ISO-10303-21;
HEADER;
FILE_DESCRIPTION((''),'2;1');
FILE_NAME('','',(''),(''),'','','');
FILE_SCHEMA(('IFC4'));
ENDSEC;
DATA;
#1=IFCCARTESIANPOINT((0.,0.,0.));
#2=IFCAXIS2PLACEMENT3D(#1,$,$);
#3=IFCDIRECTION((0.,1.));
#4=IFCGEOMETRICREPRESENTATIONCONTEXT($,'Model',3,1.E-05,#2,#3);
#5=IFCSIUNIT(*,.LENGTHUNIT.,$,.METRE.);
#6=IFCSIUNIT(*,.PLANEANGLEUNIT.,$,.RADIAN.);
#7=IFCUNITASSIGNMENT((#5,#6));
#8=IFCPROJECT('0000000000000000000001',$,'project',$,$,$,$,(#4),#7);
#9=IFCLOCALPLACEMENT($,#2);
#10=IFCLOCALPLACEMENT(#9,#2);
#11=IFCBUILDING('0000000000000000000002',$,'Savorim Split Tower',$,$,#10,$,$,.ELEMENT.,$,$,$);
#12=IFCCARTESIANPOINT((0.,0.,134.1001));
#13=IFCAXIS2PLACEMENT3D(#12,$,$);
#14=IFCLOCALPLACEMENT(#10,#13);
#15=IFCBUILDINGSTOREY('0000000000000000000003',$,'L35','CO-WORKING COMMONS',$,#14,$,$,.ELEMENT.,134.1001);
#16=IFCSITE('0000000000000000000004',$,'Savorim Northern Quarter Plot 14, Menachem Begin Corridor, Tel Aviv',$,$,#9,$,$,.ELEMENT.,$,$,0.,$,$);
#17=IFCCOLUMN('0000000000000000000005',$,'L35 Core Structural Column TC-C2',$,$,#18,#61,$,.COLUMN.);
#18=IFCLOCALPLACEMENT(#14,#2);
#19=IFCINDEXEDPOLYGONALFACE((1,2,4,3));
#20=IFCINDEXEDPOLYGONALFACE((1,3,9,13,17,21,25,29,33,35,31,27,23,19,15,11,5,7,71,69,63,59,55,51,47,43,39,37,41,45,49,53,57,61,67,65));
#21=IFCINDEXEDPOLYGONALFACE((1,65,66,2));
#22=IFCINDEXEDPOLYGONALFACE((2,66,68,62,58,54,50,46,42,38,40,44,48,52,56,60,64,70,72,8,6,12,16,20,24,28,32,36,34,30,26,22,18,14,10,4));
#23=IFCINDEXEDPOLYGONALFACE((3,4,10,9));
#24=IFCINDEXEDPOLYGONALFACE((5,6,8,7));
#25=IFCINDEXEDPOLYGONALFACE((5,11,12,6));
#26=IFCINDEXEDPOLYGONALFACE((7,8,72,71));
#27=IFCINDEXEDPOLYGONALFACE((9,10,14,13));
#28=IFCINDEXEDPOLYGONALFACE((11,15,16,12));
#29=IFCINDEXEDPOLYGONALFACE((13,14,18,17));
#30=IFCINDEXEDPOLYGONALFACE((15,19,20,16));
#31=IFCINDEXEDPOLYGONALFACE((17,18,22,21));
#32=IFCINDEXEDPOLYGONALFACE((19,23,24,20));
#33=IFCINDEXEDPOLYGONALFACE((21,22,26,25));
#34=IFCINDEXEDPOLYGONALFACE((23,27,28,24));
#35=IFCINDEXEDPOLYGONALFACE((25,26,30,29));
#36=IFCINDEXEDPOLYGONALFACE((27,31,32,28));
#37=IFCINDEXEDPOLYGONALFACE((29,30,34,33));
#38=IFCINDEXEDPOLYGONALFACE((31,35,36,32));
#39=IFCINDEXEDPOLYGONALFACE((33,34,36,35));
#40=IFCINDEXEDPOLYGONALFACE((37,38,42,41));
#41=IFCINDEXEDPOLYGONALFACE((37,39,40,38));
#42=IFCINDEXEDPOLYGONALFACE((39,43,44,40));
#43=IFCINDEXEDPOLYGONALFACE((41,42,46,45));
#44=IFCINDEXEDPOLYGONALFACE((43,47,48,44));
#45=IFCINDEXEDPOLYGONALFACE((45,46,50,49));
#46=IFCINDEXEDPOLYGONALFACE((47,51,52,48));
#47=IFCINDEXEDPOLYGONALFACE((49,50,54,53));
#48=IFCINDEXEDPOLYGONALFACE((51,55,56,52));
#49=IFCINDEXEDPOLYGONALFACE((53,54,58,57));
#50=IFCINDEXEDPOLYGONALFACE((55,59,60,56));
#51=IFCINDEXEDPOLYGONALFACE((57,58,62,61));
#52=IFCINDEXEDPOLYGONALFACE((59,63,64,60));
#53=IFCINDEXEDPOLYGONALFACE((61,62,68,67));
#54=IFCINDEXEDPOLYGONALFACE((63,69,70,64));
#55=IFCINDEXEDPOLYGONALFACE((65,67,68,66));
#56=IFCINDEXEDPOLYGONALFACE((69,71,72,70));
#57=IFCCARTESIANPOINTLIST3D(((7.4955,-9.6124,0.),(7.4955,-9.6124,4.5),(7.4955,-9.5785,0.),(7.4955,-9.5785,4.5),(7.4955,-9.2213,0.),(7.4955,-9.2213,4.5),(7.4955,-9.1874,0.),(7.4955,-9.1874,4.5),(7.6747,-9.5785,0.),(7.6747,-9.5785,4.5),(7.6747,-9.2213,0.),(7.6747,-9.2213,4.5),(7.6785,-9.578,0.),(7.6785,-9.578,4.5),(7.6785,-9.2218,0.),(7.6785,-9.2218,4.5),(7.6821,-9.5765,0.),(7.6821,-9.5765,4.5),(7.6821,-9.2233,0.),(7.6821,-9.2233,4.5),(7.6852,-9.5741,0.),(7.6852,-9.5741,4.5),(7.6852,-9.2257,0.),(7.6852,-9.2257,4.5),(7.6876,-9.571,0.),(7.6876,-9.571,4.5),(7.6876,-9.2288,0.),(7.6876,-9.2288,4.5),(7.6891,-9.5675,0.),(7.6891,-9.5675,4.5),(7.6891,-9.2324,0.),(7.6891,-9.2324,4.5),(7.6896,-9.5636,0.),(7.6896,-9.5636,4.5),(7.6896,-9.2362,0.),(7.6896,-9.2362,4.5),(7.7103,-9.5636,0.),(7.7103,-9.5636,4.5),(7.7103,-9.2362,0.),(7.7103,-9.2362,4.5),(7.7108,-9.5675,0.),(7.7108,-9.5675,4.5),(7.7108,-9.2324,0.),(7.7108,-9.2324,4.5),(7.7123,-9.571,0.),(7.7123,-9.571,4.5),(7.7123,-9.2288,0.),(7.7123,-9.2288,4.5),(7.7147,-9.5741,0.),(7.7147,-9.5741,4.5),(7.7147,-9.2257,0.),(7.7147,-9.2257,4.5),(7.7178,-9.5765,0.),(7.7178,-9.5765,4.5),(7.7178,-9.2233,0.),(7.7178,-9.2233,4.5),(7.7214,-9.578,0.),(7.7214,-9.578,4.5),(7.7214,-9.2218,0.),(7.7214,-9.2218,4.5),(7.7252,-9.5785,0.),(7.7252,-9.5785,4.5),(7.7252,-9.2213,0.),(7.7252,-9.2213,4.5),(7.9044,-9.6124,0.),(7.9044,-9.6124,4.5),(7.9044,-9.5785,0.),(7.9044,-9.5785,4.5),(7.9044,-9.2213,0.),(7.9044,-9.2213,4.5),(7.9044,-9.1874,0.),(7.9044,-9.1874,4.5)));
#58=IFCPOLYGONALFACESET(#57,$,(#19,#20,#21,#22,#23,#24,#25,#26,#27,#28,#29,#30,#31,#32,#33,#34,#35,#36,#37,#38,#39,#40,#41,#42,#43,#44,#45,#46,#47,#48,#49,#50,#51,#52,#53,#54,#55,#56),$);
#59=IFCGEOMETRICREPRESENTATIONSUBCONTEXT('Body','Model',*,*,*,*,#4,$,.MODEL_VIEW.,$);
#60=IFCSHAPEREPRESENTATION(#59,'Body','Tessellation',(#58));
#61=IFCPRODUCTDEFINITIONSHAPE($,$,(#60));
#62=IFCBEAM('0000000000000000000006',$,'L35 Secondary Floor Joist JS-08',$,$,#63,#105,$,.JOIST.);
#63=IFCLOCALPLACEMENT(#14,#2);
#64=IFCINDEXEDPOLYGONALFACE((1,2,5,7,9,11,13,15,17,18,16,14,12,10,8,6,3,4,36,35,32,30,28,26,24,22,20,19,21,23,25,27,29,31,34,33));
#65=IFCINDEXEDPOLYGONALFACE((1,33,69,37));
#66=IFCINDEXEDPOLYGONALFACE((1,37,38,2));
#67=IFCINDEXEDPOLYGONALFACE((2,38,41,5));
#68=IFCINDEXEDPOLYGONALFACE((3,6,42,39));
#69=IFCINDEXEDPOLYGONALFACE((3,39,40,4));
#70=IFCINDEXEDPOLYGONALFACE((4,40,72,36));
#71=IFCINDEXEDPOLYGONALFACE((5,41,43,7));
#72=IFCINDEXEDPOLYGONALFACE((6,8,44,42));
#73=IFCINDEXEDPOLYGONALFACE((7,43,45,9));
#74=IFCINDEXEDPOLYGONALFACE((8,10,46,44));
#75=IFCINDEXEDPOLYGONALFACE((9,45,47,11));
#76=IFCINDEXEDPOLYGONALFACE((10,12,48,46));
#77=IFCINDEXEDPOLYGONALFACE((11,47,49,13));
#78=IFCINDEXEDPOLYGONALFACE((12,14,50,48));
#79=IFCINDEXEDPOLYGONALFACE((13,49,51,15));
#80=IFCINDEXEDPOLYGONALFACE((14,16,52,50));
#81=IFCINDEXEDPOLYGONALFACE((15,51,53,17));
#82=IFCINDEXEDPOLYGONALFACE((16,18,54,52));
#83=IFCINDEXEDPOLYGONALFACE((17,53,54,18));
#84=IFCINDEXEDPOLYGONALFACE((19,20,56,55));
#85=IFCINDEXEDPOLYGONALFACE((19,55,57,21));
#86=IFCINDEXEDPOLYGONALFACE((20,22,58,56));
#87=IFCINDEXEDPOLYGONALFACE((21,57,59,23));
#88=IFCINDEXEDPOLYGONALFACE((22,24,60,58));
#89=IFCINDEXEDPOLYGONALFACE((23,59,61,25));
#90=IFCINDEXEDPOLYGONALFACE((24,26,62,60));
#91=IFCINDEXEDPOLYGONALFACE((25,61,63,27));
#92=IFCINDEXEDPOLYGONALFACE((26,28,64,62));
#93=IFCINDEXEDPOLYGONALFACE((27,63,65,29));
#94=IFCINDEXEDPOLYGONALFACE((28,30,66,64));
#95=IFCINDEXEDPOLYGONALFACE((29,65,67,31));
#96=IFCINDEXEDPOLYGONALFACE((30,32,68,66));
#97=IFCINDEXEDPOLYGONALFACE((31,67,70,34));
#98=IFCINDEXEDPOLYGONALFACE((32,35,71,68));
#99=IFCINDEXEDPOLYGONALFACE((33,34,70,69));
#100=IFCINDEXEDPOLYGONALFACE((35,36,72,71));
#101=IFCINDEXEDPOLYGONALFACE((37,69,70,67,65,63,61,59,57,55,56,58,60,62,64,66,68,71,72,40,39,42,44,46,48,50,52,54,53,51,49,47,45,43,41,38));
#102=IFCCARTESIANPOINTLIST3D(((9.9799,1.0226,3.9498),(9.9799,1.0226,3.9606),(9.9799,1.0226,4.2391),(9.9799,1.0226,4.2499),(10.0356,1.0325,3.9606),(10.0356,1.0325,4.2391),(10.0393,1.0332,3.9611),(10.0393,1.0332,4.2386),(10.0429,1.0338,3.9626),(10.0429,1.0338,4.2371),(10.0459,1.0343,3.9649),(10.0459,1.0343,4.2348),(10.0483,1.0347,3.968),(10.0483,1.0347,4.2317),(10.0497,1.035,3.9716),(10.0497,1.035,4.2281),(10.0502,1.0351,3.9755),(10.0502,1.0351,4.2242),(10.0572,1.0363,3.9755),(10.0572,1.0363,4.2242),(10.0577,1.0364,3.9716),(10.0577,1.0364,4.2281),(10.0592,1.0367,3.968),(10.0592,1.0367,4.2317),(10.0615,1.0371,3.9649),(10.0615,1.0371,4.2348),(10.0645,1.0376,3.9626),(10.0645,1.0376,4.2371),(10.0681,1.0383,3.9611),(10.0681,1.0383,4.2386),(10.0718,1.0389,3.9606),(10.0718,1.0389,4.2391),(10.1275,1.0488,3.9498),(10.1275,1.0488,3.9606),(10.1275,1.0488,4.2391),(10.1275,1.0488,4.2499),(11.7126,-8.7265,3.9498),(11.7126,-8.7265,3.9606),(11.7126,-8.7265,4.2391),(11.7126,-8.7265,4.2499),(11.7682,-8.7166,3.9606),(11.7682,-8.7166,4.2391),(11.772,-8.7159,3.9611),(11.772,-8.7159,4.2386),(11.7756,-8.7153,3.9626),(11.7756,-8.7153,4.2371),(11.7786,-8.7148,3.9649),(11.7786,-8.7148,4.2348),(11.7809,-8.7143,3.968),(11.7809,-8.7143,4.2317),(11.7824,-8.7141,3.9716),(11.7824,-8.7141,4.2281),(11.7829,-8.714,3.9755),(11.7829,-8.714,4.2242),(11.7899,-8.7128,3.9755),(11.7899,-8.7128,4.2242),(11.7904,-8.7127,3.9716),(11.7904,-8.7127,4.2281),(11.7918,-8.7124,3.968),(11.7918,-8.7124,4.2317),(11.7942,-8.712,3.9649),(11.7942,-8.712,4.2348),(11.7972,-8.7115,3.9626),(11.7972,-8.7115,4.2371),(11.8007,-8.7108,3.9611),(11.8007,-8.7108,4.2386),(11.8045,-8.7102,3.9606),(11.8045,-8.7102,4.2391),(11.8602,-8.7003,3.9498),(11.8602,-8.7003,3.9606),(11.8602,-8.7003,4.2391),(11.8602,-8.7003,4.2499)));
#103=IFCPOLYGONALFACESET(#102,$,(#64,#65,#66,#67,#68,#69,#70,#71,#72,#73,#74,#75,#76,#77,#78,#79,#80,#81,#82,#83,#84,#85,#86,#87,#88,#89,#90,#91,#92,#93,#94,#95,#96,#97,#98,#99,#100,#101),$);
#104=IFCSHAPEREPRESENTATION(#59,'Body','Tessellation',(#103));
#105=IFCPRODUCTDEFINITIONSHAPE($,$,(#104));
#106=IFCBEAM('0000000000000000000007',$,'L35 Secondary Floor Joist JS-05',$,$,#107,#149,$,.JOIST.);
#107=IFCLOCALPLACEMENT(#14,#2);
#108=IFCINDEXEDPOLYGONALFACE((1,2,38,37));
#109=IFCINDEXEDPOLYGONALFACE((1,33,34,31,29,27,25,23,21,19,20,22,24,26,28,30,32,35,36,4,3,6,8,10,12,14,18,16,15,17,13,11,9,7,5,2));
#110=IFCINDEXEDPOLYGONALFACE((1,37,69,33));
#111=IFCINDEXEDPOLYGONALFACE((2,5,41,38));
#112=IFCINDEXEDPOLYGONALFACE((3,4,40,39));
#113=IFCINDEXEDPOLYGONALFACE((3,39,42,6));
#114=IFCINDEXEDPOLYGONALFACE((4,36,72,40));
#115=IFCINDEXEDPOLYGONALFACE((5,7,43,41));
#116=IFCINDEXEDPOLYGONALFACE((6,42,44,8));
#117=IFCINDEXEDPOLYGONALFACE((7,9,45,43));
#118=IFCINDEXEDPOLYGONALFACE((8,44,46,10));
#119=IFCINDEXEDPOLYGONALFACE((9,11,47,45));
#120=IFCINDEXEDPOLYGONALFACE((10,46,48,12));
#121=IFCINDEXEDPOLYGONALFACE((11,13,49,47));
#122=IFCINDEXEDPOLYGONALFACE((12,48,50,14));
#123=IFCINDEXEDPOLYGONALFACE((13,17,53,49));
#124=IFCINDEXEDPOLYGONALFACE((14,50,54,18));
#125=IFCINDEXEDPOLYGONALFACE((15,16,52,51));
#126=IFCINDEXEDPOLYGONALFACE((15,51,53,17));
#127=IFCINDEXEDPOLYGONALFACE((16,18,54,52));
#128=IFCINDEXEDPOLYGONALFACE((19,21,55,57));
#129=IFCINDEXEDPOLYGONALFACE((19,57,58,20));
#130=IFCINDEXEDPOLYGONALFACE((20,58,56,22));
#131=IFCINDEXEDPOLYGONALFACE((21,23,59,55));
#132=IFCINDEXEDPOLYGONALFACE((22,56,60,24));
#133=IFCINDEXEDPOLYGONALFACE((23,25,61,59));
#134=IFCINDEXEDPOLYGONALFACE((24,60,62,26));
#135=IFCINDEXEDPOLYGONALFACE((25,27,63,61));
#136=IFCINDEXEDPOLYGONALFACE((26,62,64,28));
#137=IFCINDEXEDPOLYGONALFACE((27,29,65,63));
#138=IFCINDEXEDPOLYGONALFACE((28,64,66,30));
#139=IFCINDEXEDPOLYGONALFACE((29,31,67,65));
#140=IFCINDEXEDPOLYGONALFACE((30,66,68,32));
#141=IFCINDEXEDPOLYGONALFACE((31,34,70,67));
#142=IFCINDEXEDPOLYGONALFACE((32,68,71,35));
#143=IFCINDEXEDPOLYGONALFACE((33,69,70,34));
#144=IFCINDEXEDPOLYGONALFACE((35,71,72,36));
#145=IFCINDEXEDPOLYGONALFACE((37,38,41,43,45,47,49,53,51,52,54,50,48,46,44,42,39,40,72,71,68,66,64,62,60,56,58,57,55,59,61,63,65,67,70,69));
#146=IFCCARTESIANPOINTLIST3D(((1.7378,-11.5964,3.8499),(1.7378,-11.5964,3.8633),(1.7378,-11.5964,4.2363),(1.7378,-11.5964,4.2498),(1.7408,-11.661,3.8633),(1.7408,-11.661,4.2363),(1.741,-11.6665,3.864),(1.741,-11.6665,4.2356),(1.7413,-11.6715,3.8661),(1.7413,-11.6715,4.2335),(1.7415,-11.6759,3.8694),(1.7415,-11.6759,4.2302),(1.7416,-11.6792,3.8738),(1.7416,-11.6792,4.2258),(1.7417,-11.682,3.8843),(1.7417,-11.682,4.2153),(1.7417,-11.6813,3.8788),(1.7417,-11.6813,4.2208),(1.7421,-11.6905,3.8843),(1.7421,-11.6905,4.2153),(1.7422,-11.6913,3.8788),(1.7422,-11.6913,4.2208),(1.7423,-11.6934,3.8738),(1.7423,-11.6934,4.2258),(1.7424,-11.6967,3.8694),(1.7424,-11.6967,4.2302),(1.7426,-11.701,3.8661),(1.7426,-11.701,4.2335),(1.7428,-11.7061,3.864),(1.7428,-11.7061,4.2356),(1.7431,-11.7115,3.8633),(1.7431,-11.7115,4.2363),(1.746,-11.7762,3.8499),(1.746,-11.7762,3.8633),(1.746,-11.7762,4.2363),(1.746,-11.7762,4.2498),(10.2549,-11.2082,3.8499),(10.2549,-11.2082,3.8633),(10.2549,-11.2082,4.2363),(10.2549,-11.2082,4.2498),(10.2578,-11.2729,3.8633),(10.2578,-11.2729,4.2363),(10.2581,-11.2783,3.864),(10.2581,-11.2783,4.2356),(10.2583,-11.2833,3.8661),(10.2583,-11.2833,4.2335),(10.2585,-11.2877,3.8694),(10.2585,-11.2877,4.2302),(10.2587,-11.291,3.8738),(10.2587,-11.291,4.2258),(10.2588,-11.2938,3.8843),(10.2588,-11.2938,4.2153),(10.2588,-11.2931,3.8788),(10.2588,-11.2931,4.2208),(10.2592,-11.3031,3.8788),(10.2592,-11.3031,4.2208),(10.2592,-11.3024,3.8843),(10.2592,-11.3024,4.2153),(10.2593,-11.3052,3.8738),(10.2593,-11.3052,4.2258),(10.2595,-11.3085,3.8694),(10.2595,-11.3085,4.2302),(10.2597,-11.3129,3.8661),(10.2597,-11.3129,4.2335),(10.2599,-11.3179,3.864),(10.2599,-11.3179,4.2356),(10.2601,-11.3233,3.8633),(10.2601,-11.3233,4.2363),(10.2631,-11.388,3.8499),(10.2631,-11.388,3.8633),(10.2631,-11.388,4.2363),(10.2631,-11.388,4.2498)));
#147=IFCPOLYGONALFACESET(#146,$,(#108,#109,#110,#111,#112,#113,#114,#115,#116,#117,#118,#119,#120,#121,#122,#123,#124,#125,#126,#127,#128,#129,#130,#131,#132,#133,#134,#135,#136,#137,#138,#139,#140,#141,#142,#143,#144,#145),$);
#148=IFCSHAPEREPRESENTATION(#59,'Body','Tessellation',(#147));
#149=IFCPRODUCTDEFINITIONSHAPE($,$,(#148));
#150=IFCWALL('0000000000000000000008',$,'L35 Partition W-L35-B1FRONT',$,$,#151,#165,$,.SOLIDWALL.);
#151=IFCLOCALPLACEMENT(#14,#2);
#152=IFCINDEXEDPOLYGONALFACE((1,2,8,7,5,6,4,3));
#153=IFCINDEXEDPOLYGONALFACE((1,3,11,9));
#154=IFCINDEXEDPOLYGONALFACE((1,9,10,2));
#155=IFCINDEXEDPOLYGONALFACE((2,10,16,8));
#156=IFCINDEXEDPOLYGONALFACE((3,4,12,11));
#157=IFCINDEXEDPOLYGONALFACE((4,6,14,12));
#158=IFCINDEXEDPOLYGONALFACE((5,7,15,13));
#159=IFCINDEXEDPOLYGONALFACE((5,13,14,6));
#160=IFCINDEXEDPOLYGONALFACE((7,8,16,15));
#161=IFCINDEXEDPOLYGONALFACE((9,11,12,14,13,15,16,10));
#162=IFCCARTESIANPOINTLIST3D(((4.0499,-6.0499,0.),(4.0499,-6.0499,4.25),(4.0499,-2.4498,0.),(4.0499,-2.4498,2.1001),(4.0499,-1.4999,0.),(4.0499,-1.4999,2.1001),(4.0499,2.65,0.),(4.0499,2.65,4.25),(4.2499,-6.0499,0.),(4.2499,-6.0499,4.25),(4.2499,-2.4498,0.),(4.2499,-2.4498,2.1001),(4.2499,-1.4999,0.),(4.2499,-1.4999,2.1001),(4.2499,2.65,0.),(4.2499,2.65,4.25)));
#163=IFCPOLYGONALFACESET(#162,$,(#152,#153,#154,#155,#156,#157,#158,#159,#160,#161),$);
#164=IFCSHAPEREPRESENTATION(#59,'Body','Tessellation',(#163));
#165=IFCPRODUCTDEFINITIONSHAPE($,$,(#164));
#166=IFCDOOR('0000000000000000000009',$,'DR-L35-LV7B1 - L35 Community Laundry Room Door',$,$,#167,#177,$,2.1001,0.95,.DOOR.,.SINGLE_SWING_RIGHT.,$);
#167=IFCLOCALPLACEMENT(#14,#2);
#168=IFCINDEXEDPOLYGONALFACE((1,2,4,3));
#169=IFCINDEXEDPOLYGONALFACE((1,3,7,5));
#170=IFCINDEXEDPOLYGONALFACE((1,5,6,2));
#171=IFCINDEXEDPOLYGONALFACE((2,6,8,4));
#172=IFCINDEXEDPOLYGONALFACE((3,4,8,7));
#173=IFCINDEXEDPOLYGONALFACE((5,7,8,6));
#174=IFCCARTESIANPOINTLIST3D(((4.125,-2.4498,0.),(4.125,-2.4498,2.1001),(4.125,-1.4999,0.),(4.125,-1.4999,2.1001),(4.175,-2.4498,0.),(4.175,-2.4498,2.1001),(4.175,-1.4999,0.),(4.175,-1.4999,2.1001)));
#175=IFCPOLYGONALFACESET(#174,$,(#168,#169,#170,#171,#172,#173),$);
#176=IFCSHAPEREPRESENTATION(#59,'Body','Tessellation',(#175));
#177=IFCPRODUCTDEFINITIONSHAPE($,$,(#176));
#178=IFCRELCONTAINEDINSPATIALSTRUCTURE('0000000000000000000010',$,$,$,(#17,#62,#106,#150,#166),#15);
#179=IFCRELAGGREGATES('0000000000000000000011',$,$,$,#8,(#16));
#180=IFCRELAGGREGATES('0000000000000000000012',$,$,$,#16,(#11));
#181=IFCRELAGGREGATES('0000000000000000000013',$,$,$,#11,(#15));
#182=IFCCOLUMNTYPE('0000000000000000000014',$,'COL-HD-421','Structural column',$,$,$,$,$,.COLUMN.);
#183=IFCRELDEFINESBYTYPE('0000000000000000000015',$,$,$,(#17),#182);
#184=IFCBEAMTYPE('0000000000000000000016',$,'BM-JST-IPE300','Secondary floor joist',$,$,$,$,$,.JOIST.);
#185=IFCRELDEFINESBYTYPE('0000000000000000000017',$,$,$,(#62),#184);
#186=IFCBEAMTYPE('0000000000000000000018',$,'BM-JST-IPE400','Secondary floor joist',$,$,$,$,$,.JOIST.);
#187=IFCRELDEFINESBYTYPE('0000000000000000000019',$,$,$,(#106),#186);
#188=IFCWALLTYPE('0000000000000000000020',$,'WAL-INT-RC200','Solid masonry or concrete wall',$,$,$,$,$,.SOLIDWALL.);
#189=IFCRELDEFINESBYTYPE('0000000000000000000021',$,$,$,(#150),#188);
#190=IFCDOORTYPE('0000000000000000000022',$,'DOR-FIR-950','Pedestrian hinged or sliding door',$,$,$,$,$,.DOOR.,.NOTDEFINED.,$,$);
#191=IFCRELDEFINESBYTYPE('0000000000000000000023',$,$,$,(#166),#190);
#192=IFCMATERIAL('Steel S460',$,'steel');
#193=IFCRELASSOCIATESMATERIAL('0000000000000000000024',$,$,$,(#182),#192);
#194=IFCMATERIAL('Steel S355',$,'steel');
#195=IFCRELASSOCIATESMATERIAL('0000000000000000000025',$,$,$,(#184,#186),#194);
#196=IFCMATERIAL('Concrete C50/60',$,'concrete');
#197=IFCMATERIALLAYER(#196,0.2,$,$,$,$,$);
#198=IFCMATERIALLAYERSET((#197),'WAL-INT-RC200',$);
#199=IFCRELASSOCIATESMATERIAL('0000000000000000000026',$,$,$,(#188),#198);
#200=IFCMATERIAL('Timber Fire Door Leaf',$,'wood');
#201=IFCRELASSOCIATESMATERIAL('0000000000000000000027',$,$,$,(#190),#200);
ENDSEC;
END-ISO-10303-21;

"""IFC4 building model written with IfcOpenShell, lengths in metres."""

from ifc_helpers import new_model, si_unit, direction, frame, frame_2d, origin, origin_2d, place, context, subcontext, project, spatial, rectangle, i_section, extrude, material, layer, layer_set, material_profile, profile_set, type_object, element, fill, save


model = new_model("IFC4")

# Units and contexts
model_context = context("Model", 3, precision=1e-05, world=origin(), true_north=direction((0.0, 1.0)))
body_context = subcontext(model_context, "Body", "Model", "MODEL_VIEW")
ifc_project = project(units=[si_unit("LENGTHUNIT", "METRE"), si_unit("PLANEANGLEUNIT", "RADIAN")], contexts=[model_context])

# Site, building, storey
site_placement = place(None, origin())
site = spatial("IfcSite", under=ifc_project, at=site_placement, Name="Savorim Northern Quarter Plot 14, Menachem Begin Corridor, Tel Aviv", CompositionType="ELEMENT", RefElevation=0.0)
building_placement = place(site_placement, origin())
building = spatial("IfcBuilding", under=site, at=building_placement, Name="Savorim Split Tower", CompositionType="ELEMENT")
storey_placement = place(building_placement, frame((0.0, 0.0, 134.1001)))
storey = spatial("IfcBuildingStorey", under=building, at=storey_placement, Name="L35", Description="CO-WORKING COMMONS", CompositionType="ELEMENT", Elevation=134.1001)

# Column
ifc_material_1 = material(Name="Steel S460", Category="steel")
ifc_material_profile_1 = material_profile(ifc_material_1, i_section(OverallWidth=0.4089, OverallDepth=0.425, WebThickness=0.0208, FlangeThickness=0.0339, FilletRadius=0.0149, at=origin_2d()), Name="HD 400x421")
ifc_profile_set_1 = profile_set([ifc_material_profile_1], Name="Steel S460")
column_type = type_object("IfcColumnType", Name="COL-HD-421", Description="Structural column", PredefinedType="COLUMN", material=ifc_profile_set_1)
column_placement = place(storey_placement, frame((7.7, -9.3999, 0.0), z_axis=(0.0, 0.0, 1.0), x_axis=(1.0, 0.0, 0.0)))
element("IfcColumn", 1, at=column_placement, inside=storey, type_object=column_type, Name="L35 Core Structural Column TC-C2", PredefinedType="COLUMN", context=body_context, shape_type="SweptSolid", body=[
    extrude(i_section(OverallWidth=0.4089, OverallDepth=0.425, WebThickness=0.0208, FlangeThickness=0.0339, FilletRadius=0.0149, at=origin_2d()), origin(), (0.0, 0.0, 1.0), 4.5),
])

# Beams
ifc_material_2 = material(Name="Steel S355", Category="steel")
ifc_material_profile_2 = material_profile(ifc_material_2, i_section(OverallWidth=0.1499, OverallDepth=0.3, WebThickness=0.0071, FlangeThickness=0.0107, FilletRadius=0.0149, at=origin_2d()), Name="IPE 300")
ifc_profile_set_2 = profile_set([ifc_material_profile_2], Name="Steel S355")
beam_type_1 = type_object("IfcBeamType", Name="BM-JST-IPE300", Description="Secondary floor joist", PredefinedType="JOIST", material=ifc_profile_set_2)
beam_1_placement = place(storey_placement, frame((11.7864, -8.7134, 4.0999), z_axis=(-0.174985, 0.984571, 0.0), x_axis=(-0.984571, -0.174985, 0.0)))
element("IfcBeam", 2, at=beam_1_placement, inside=storey, type_object=beam_type_1, Name="L35 Secondary Floor Joist JS-08", PredefinedType="JOIST", context=body_context, shape_type="SweptSolid", body=[
    extrude(i_section(OverallWidth=0.1499, OverallDepth=0.3, WebThickness=0.0071, FlangeThickness=0.0107, FilletRadius=0.0149, at=origin_2d()), origin(), (0.0, 0.0, 1.0), 9.9019),
])
ifc_material_profile_3 = material_profile(ifc_material_2, i_section(OverallWidth=0.1799, OverallDepth=0.3999, WebThickness=0.0085, FlangeThickness=0.0134, FilletRadius=0.021, at=origin_2d()), Name="IPE 400")
ifc_profile_set_3 = profile_set([ifc_material_profile_3], Name="Steel S355")
beam_type_2 = type_object("IfcBeamType", Name="BM-JST-IPE400", Description="Secondary floor joist", PredefinedType="JOIST", material=ifc_profile_set_3)
beam_2_placement = place(storey_placement, frame((1.7419, -11.6863, 4.0498), z_axis=(0.998963, 0.04553, 0.0), x_axis=(-0.04553, 0.998963, 0.0)))
element("IfcBeam", 3, at=beam_2_placement, inside=storey, type_object=beam_type_2, Name="L35 Secondary Floor Joist JS-05", PredefinedType="JOIST", context=body_context, shape_type="SweptSolid", body=[
    extrude(i_section(OverallWidth=0.1799, OverallDepth=0.3999, WebThickness=0.0085, FlangeThickness=0.0134, FilletRadius=0.021, at=origin_2d()), origin(), (0.0, 0.0, 1.0), 8.5259),
])

# Wall, opening, door
ifc_material_3 = material(Name="Concrete C50/60", Category="concrete")
ifc_layer_1 = layer(ifc_material_3, 0.2)
ifc_layer_set_1 = layer_set([ifc_layer_1], Name="WAL-INT-RC200")
wall_type_1 = type_object("IfcWallType", Name="WAL-INT-RC200", Description="Solid masonry or concrete wall", PredefinedType="SOLIDWALL", material=ifc_layer_set_1)
wall_1_placement = place(storey_placement, frame((4.1499, -6.05, 0.0), z_axis=(0.0, 0.0, 1.0), x_axis=(0.0, 1.0, 0.0)))
wall_1 = element("IfcWall", 4, at=wall_1_placement, inside=storey, type_object=wall_type_1, Name="L35 Partition W-L35-B1FRONT", PredefinedType="SOLIDWALL", context=body_context, shape_type="SweptSolid", body=[
    extrude(rectangle(XDim=8.7, YDim=0.2, at=frame_2d((4.3501, 0.0))), origin(), (0.0, 0.0, 1.0), 4.25),
])
opening_1_placement = place(wall_1_placement, frame((3.6001, 0.0, 0.0)))
opening_1 = element("IfcOpeningElement", 5, at=opening_1_placement, cuts=wall_1, PredefinedType="OPENING", context=body_context, shape_type="SweptSolid", body=[
    extrude(rectangle(XDim=0.95, YDim=2.1001, at=frame_2d((0.4751, 1.05))), frame((0.0, 0.1099, 0.0), z_axis=(0.0, -1.0, 0.0), x_axis=(1.0, 0.0, 0.0)), (0.0, 0.0, 1.0), 0.22),
])
ifc_material_4 = material(Name="Timber Fire Door Leaf", Category="wood")
door_type_1 = type_object("IfcDoorType", Name="DOR-FIR-950", Description="Pedestrian hinged or sliding door", OperationType="NOTDEFINED", PredefinedType="DOOR", material=ifc_material_4)
door_1_placement = place(opening_1_placement, origin())
door_1 = element("IfcDoor", 6, at=door_1_placement, inside=storey, type_object=door_type_1, Name="DR-L35-LV7B1 - L35 Community Laundry Room Door", OperationType="SINGLE_SWING_RIGHT", OverallHeight=2.1001, OverallWidth=0.95, PredefinedType="DOOR", context=body_context, shape_type="SweptSolid", body=[
    extrude(rectangle(XDim=0.95, YDim=2.1001, at=frame_2d((0.4751, 1.05))), frame((0.0, 0.0249, 0.0), z_axis=(0.0, -1.0, 0.0), x_axis=(1.0, 0.0, 0.0)), (0.0, 0.0, 1.0), 0.05),
])
fill(opening_1, door_1)

save(model, "model.ifc")
